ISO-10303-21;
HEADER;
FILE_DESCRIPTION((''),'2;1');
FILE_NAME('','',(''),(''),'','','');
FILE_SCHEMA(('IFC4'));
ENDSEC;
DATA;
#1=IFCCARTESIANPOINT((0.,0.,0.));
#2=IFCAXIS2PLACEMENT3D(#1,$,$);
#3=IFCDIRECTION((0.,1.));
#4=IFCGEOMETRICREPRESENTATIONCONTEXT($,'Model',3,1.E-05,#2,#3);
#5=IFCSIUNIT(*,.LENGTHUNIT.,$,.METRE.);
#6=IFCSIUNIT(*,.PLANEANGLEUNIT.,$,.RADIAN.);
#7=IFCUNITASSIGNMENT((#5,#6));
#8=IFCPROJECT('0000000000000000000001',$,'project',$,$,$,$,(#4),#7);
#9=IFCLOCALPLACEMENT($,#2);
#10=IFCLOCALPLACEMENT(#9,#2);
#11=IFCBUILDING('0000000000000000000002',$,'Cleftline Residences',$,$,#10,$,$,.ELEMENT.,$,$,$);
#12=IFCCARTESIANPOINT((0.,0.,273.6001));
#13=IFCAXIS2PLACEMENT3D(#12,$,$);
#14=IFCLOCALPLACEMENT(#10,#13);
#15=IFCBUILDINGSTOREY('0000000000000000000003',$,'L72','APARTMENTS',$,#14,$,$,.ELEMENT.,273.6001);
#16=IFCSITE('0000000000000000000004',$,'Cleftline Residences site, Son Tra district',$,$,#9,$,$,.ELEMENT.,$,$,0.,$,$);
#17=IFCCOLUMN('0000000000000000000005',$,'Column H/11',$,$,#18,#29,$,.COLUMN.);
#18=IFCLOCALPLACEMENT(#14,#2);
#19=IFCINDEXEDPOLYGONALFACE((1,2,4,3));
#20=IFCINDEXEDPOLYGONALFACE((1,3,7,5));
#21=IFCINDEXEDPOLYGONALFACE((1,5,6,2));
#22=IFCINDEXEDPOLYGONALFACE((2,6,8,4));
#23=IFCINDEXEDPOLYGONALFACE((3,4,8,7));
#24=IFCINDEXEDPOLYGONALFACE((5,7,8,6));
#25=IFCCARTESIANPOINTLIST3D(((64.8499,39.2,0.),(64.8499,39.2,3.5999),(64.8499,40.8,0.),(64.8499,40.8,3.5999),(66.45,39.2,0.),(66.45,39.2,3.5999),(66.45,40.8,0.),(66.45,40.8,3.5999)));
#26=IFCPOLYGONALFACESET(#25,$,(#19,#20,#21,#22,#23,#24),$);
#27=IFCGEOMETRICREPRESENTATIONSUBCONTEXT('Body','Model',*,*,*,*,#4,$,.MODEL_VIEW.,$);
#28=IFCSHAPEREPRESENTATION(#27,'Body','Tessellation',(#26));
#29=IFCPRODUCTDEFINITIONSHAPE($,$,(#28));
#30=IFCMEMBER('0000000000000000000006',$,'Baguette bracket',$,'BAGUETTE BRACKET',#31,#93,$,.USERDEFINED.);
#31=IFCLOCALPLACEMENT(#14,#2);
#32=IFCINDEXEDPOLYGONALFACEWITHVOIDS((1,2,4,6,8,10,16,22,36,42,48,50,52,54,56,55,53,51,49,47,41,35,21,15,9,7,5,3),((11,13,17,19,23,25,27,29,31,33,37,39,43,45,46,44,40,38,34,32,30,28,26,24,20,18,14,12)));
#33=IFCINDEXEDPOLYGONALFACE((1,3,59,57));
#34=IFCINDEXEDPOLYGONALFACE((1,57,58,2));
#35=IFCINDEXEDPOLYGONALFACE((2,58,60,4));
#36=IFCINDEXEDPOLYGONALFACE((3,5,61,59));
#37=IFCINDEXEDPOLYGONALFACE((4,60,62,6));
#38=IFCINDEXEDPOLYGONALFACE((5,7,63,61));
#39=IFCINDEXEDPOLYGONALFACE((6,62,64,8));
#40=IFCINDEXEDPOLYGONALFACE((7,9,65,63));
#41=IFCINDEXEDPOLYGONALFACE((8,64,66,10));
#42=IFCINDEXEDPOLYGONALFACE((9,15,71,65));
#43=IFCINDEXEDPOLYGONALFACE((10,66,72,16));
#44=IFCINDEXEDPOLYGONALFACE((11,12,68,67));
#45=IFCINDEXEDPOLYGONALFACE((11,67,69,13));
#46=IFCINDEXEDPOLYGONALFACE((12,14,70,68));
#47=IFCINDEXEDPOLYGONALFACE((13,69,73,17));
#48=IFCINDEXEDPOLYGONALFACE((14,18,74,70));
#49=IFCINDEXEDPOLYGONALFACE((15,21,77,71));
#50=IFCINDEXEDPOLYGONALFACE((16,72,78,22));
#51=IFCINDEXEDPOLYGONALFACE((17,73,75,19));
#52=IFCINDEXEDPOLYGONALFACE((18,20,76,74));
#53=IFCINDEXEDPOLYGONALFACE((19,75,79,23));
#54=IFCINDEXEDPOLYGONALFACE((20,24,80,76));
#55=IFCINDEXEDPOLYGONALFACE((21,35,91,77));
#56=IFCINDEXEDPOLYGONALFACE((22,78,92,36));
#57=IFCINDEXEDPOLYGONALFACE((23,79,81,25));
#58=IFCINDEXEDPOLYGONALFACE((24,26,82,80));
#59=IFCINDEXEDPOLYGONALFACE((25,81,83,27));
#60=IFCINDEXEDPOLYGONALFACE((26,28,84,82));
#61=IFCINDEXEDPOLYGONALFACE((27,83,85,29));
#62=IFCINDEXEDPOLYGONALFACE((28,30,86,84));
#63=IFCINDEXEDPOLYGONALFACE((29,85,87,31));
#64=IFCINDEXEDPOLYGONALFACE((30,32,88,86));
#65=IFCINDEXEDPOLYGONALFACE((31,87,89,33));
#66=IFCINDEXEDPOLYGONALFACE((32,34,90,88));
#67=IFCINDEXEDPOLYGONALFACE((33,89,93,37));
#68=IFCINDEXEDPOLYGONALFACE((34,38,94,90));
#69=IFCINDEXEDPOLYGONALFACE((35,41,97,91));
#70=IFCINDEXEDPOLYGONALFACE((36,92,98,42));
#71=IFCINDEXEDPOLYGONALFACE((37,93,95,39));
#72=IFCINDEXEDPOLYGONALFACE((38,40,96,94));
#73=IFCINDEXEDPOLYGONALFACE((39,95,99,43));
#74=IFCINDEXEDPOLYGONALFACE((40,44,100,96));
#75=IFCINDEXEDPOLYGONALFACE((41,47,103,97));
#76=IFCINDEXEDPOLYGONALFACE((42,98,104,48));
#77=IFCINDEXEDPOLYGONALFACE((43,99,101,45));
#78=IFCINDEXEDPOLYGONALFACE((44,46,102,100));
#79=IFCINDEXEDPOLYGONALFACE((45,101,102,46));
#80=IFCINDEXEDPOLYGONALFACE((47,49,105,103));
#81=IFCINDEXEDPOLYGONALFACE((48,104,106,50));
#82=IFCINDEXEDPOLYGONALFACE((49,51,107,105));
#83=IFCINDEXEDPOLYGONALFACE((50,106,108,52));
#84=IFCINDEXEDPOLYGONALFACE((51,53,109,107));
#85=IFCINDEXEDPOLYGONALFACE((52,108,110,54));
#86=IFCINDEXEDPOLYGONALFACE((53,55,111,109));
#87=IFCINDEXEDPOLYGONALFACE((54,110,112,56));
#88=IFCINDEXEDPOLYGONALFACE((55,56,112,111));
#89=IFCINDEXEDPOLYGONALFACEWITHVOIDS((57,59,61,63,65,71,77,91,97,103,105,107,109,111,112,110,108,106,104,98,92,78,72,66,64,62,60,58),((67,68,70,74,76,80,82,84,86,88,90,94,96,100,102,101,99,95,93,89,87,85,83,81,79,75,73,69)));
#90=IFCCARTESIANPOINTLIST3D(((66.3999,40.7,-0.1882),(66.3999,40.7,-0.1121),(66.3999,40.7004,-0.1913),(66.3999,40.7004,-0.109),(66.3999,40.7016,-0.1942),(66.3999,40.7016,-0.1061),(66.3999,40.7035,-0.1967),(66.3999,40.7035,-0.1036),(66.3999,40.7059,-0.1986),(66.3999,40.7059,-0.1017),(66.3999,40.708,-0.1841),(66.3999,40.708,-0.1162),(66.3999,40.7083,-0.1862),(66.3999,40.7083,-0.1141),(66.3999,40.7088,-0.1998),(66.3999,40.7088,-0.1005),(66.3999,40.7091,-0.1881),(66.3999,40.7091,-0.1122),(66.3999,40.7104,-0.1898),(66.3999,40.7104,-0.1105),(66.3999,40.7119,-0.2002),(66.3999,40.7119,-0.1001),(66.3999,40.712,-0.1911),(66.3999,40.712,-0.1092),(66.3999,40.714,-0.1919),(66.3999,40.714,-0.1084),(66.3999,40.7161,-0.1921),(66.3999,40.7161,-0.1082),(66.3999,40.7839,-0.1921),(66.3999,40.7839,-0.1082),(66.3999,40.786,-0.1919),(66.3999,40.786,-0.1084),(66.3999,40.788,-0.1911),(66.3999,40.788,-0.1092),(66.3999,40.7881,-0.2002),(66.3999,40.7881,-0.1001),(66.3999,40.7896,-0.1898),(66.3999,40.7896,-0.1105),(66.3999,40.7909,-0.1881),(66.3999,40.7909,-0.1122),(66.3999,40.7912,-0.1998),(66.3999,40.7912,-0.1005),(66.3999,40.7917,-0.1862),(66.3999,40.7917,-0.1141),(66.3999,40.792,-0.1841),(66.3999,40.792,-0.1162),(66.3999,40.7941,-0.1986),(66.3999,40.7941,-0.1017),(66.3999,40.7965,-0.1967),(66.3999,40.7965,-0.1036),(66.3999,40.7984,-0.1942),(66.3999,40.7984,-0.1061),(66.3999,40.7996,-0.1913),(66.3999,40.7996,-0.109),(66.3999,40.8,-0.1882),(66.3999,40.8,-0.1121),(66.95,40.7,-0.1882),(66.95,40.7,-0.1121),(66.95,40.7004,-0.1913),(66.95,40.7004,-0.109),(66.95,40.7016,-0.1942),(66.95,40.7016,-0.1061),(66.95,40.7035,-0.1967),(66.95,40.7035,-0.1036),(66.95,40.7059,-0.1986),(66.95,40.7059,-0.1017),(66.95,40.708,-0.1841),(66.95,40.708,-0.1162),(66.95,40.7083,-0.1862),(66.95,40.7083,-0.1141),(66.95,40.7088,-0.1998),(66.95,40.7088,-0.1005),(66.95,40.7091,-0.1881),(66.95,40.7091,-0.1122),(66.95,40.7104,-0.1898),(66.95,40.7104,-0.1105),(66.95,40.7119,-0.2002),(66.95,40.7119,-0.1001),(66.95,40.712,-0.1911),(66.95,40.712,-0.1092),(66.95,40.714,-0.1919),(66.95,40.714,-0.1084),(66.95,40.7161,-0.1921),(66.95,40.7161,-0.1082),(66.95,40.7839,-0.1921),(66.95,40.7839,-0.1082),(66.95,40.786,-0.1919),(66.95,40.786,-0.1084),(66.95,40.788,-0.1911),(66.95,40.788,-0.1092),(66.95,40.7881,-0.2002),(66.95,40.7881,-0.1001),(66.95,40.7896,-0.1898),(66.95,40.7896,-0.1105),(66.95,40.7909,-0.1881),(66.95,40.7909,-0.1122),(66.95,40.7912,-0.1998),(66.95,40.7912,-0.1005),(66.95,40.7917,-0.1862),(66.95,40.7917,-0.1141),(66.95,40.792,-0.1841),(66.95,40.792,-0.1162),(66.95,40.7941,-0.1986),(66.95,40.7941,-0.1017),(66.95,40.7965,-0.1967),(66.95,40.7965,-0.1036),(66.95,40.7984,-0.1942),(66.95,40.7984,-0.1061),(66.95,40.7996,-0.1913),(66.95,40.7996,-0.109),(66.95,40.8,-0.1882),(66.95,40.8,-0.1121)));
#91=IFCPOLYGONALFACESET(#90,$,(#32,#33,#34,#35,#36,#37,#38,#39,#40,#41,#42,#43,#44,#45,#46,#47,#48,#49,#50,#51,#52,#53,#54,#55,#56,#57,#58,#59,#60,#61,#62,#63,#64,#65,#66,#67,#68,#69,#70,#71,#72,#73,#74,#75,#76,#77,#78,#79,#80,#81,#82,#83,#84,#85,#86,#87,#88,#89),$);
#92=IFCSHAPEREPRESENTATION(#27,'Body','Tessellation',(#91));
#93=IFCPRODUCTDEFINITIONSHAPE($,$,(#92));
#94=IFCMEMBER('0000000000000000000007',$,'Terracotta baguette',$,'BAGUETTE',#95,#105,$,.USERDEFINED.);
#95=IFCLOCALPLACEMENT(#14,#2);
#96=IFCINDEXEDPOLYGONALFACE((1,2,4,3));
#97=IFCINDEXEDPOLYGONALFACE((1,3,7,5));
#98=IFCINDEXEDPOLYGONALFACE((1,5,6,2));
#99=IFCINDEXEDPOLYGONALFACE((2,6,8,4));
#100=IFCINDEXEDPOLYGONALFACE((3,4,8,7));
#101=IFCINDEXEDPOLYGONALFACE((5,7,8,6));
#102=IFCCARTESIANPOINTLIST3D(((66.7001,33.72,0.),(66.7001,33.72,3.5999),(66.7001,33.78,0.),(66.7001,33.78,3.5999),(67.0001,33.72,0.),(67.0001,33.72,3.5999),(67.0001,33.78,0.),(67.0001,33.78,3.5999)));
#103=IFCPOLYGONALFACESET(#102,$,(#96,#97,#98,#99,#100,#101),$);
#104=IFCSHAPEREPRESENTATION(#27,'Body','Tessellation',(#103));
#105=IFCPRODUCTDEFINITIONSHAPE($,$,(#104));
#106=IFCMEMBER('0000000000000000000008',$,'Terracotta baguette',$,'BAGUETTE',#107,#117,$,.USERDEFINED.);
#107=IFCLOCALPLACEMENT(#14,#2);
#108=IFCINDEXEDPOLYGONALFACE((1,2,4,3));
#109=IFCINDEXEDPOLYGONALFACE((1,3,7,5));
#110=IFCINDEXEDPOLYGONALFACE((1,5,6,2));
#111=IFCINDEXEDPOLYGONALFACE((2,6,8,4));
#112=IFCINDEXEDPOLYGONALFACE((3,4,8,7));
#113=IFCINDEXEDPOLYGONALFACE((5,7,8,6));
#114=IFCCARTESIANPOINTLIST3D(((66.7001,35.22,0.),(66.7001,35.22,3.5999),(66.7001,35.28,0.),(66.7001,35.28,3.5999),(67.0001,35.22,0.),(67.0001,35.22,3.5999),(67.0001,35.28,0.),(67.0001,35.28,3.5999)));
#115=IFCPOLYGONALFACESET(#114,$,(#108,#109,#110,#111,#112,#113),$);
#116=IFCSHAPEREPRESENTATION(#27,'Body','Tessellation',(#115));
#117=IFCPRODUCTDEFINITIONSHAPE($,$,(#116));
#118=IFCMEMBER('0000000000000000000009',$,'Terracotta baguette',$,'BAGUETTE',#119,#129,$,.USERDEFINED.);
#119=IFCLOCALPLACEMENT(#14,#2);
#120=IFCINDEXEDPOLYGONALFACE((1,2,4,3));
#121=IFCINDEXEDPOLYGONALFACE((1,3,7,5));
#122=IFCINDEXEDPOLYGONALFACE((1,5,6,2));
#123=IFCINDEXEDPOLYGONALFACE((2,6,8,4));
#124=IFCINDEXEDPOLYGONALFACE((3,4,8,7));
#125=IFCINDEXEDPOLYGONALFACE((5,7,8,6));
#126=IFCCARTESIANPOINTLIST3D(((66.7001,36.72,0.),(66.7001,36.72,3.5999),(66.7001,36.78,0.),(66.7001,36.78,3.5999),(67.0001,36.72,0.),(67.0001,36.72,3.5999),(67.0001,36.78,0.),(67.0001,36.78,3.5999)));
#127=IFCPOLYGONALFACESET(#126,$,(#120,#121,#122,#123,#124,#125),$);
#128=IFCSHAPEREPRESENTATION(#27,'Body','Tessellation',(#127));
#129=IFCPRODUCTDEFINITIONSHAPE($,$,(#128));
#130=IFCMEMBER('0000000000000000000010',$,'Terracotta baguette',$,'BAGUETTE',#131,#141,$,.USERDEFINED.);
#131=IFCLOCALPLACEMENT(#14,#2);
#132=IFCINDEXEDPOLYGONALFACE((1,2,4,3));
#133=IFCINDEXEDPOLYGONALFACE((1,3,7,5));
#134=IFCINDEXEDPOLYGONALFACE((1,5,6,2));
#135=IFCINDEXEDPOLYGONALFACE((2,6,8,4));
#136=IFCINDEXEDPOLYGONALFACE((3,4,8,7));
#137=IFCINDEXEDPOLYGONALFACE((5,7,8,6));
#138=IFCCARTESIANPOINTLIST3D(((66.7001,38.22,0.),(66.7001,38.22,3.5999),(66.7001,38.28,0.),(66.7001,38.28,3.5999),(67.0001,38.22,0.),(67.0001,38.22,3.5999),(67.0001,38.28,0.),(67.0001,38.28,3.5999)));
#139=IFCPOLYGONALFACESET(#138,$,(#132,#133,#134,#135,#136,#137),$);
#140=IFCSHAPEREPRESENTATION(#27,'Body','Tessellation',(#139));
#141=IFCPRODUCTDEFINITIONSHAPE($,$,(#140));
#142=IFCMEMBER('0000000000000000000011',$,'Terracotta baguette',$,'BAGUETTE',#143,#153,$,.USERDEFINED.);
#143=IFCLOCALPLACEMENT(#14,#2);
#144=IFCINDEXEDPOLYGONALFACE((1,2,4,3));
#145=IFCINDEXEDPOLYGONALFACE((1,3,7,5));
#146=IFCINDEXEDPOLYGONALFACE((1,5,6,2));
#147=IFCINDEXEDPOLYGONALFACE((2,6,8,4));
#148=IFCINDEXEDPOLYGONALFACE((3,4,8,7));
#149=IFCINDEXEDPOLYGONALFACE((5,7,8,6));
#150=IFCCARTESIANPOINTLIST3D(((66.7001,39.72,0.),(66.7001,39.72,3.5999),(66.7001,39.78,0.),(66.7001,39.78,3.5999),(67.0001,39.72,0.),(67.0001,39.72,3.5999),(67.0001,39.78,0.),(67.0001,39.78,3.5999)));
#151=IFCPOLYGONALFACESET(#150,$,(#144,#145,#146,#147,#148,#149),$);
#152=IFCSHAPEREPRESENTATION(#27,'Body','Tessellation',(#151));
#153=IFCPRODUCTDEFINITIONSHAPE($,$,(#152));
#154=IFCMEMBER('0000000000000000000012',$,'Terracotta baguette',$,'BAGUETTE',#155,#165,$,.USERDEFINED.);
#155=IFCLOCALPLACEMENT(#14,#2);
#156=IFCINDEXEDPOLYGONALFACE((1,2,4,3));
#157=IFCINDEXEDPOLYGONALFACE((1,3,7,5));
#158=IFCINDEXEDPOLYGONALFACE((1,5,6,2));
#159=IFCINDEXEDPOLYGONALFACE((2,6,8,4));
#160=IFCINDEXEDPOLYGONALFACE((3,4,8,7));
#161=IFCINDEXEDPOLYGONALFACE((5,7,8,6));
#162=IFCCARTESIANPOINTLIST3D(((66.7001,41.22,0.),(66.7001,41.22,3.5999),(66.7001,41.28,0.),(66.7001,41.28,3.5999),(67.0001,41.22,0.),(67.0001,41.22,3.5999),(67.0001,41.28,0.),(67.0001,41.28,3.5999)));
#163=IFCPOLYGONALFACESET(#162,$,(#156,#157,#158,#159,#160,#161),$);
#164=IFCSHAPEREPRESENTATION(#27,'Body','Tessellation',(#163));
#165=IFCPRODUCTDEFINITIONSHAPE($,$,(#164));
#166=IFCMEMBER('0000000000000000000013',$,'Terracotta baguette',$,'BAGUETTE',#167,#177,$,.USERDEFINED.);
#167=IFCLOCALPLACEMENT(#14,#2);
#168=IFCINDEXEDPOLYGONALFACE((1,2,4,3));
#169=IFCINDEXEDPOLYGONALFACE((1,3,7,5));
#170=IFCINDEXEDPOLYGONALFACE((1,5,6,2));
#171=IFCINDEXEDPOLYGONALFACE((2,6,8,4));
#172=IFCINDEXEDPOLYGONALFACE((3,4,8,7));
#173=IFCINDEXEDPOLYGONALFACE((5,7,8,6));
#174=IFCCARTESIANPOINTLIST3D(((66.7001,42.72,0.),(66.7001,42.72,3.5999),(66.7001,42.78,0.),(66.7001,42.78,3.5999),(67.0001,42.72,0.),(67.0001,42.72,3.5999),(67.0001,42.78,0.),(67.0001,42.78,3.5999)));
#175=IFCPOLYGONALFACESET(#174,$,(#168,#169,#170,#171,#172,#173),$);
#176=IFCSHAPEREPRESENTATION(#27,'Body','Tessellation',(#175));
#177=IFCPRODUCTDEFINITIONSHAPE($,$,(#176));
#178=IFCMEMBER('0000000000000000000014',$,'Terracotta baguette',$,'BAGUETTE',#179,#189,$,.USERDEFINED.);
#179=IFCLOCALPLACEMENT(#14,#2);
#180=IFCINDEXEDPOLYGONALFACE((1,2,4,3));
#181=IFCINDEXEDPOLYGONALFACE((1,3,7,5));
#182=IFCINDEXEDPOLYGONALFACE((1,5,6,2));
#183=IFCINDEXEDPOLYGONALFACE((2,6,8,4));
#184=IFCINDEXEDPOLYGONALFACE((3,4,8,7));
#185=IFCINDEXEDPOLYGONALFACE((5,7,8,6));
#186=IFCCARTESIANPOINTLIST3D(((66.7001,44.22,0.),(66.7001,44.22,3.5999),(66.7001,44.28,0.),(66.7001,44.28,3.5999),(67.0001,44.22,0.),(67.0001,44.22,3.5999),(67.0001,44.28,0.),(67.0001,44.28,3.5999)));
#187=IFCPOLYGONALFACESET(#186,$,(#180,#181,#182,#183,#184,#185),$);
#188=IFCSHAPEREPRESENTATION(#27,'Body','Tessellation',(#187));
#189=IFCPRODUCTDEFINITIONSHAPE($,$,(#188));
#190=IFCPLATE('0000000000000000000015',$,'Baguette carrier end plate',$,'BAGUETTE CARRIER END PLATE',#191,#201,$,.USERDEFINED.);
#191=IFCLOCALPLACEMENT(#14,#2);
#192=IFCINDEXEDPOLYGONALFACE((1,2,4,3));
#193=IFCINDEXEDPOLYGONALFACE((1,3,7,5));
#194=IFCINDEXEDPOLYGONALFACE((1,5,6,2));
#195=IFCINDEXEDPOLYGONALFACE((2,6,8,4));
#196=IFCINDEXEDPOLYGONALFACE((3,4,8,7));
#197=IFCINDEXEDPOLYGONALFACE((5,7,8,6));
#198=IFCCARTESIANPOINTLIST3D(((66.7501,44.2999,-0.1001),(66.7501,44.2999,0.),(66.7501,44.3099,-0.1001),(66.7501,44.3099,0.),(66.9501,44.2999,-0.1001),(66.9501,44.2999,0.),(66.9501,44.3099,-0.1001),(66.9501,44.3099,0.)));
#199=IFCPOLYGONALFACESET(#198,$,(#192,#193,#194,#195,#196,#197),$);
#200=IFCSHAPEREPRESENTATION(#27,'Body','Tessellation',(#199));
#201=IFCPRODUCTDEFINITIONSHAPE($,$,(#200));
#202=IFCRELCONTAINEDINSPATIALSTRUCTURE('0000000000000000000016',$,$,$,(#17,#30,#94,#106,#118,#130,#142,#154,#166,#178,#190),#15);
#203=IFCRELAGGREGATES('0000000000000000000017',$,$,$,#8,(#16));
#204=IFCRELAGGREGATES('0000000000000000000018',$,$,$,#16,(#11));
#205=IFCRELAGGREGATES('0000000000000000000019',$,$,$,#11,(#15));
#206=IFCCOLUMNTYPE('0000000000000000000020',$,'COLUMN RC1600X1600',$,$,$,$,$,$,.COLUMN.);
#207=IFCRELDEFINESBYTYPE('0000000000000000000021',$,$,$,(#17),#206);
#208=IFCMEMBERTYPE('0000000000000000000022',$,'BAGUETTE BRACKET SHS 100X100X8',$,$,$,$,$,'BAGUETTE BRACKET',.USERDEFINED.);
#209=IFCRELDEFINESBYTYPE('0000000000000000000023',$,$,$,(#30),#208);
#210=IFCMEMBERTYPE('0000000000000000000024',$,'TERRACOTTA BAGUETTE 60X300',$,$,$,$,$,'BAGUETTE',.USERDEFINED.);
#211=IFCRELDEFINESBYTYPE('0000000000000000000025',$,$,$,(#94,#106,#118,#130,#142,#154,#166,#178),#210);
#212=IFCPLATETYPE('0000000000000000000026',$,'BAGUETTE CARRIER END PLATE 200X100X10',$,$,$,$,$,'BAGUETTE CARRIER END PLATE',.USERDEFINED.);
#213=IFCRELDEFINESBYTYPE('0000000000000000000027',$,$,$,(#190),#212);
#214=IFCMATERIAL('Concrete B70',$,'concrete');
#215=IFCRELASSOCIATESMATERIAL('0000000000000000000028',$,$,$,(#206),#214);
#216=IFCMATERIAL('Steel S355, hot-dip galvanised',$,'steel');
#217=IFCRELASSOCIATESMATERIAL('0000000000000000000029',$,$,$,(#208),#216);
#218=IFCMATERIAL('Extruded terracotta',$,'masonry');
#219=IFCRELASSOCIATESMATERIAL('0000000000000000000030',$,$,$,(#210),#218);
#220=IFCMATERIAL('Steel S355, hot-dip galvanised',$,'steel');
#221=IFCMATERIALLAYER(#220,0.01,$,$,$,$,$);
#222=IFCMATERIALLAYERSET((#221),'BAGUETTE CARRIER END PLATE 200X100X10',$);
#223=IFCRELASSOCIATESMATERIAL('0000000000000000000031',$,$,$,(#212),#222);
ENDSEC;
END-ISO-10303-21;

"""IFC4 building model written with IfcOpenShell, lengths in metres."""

from ifc_helpers import new_model, si_unit, direction, frame, origin, origin_2d, place, context, subcontext, project, spatial, rectangle, hollow_rectangle, extrude, material, layer, layer_set, material_profile, profile_set, type_object, element, save


model = new_model("IFC4")

# Units and contexts
model_context = context("Model", 3, precision=1e-05, world=origin(), true_north=direction((0.0, 1.0)))
body_context = subcontext(model_context, "Body", "Model", "MODEL_VIEW")
ifc_project = project(units=[si_unit("LENGTHUNIT", "METRE"), si_unit("PLANEANGLEUNIT", "RADIAN")], contexts=[model_context])

# Site, building, storey
site_placement = place(None, origin())
site = spatial("IfcSite", under=ifc_project, at=site_placement, Name="Cleftline Residences site, Son Tra district", CompositionType="ELEMENT", RefElevation=0.0)
building_placement = place(site_placement, origin())
building = spatial("IfcBuilding", under=site, at=building_placement, Name="Cleftline Residences", CompositionType="ELEMENT")
storey_placement = place(building_placement, frame((0.0, 0.0, 273.6001)))
storey = spatial("IfcBuildingStorey", under=building, at=storey_placement, Name="L72", Description="APARTMENTS", CompositionType="ELEMENT", Elevation=273.6001)

# Column
ifc_material_1 = material(Name="Concrete B70", Category="concrete")
ifc_material_profile_1 = material_profile(ifc_material_1, rectangle(XDim=1.6001, YDim=1.6001, at=origin_2d()))
ifc_profile_set_1 = profile_set([ifc_material_profile_1], Name="Concrete B70")
column_type = type_object("IfcColumnType", Name="COLUMN RC1600X1600", PredefinedType="COLUMN", material=ifc_profile_set_1)
column_placement = place(storey_placement, frame((65.6499, 40.0, 0.0), z_axis=(0.0, 0.0, 1.0), x_axis=(1.0, 0.0, 0.0)))
element("IfcColumn", 1, at=column_placement, inside=storey, type_object=column_type, Name="Column H/11", PredefinedType="COLUMN", context=body_context, shape_type="SweptSolid", body=[
    extrude(rectangle(XDim=1.6001, YDim=1.6001, at=origin_2d()), origin(), (0.0, 0.0, 1.0), 3.5999),
])

# Members
ifc_material_2 = material(Name="Steel S355, hot-dip galvanised", Category="steel")
ifc_material_profile_2 = material_profile(ifc_material_2, hollow_rectangle(XDim=0.1001, YDim=0.1001, WallThickness=0.0081, InnerFilletRadius=0.0081, OuterFilletRadius=0.012, at=origin_2d()))
ifc_profile_set_2 = profile_set([ifc_material_profile_2], Name="Steel S355, hot-dip galvanised")
member_type_1 = type_object("IfcMemberType", Name="BAGUETTE BRACKET SHS 100X100X8", ElementType="BAGUETTE BRACKET", PredefinedType="USERDEFINED", material=ifc_profile_set_2)
member_placement = place(storey_placement, frame((66.3999, 40.75, -0.1501), z_axis=(1.0, 0.0, 0.0), x_axis=(0.0, 1.0, 0.0)))
element("IfcMember", 2, at=member_placement, inside=storey, type_object=member_type_1, Name="Baguette bracket", ObjectType="BAGUETTE BRACKET", PredefinedType="USERDEFINED", context=body_context, shape_type="SweptSolid", body=[
    extrude(hollow_rectangle(XDim=0.1001, YDim=0.1001, WallThickness=0.0081, InnerFilletRadius=0.0081, OuterFilletRadius=0.012, at=origin_2d()), origin(), (0.0, 0.0, 1.0), 0.55),
])
ifc_material_3 = material(Name="Extruded terracotta", Category="masonry")
ifc_material_profile_3 = material_profile(ifc_material_3, rectangle(XDim=0.0601, YDim=0.3, at=origin_2d()))
ifc_profile_set_3 = profile_set([ifc_material_profile_3], Name="Extruded terracotta")
member_type_2 = type_object("IfcMemberType", Name="TERRACOTTA BAGUETTE 60X300", ElementType="BAGUETTE", PredefinedType="USERDEFINED", material=ifc_profile_set_3)
for number, where, z_axis, x_axis, name in (
    (3, (66.8501, 33.75, 0.0), (0.0, 0.0, 1.0), (0.0, 1.0, 0.0), "Terracotta baguette"),
    (4, (66.8501, 35.25, 0.0), (0.0, 0.0, 1.0), (0.0, 1.0, 0.0), "Terracotta baguette"),
    (5, (66.8501, 36.75, 0.0), (0.0, 0.0, 1.0), (0.0, 1.0, 0.0), "Terracotta baguette"),
    (6, (66.8501, 38.25, 0.0), (0.0, 0.0, 1.0), (0.0, 1.0, 0.0), "Terracotta baguette"),
    (7, (66.8501, 39.75, 0.0), (0.0, 0.0, 1.0), (0.0, 1.0, 0.0), "Terracotta baguette"),
    (8, (66.8501, 41.25, 0.0), (0.0, 0.0, 1.0), (0.0, 1.0, 0.0), "Terracotta baguette"),
    (9, (66.8501, 42.75, 0.0), (0.0, 0.0, 1.0), (0.0, 1.0, 0.0), "Terracotta baguette"),
    (10, (66.8501, 44.25, 0.0), (0.0, 0.0, 1.0), (0.0, 1.0, 0.0), "Terracotta baguette"),
):
    element("IfcMember", number, at=place(storey_placement, frame(where, z_axis=z_axis, x_axis=x_axis)), inside=storey, type_object=member_type_2, Name=name, ObjectType="BAGUETTE", PredefinedType="USERDEFINED", context=body_context, shape_type="SweptSolid", body=[
        extrude(rectangle(XDim=0.0601, YDim=0.3, at=origin_2d()), origin(), (0.0, 0.0, 1.0), 3.5999),
    ])

# Plate
ifc_material_4 = material(Name="Steel S355, hot-dip galvanised", Category="steel")
ifc_layer_1 = layer(ifc_material_4, 0.01)
ifc_layer_set_1 = layer_set([ifc_layer_1], Name="BAGUETTE CARRIER END PLATE 200X100X10")
plate_type = type_object("IfcPlateType", Name="BAGUETTE CARRIER END PLATE 200X100X10", ElementType="BAGUETTE CARRIER END PLATE", PredefinedType="USERDEFINED", material=ifc_layer_set_1)
plate_placement = place(storey_placement, frame((66.8501, 44.3049, -0.1001), z_axis=(0.0, 0.0, 1.0), x_axis=(1.0, 0.0, 0.0)))
element("IfcPlate", 11, at=plate_placement, inside=storey, type_object=plate_type, Name="Baguette carrier end plate", ObjectType="BAGUETTE CARRIER END PLATE", PredefinedType="USERDEFINED", context=body_context, shape_type="SweptSolid", body=[
    extrude(rectangle(XDim=0.2, YDim=0.01, at=origin_2d()), origin(), (0.0, 0.0, 1.0), 0.1001),
])

save(model, "model.ifc")
